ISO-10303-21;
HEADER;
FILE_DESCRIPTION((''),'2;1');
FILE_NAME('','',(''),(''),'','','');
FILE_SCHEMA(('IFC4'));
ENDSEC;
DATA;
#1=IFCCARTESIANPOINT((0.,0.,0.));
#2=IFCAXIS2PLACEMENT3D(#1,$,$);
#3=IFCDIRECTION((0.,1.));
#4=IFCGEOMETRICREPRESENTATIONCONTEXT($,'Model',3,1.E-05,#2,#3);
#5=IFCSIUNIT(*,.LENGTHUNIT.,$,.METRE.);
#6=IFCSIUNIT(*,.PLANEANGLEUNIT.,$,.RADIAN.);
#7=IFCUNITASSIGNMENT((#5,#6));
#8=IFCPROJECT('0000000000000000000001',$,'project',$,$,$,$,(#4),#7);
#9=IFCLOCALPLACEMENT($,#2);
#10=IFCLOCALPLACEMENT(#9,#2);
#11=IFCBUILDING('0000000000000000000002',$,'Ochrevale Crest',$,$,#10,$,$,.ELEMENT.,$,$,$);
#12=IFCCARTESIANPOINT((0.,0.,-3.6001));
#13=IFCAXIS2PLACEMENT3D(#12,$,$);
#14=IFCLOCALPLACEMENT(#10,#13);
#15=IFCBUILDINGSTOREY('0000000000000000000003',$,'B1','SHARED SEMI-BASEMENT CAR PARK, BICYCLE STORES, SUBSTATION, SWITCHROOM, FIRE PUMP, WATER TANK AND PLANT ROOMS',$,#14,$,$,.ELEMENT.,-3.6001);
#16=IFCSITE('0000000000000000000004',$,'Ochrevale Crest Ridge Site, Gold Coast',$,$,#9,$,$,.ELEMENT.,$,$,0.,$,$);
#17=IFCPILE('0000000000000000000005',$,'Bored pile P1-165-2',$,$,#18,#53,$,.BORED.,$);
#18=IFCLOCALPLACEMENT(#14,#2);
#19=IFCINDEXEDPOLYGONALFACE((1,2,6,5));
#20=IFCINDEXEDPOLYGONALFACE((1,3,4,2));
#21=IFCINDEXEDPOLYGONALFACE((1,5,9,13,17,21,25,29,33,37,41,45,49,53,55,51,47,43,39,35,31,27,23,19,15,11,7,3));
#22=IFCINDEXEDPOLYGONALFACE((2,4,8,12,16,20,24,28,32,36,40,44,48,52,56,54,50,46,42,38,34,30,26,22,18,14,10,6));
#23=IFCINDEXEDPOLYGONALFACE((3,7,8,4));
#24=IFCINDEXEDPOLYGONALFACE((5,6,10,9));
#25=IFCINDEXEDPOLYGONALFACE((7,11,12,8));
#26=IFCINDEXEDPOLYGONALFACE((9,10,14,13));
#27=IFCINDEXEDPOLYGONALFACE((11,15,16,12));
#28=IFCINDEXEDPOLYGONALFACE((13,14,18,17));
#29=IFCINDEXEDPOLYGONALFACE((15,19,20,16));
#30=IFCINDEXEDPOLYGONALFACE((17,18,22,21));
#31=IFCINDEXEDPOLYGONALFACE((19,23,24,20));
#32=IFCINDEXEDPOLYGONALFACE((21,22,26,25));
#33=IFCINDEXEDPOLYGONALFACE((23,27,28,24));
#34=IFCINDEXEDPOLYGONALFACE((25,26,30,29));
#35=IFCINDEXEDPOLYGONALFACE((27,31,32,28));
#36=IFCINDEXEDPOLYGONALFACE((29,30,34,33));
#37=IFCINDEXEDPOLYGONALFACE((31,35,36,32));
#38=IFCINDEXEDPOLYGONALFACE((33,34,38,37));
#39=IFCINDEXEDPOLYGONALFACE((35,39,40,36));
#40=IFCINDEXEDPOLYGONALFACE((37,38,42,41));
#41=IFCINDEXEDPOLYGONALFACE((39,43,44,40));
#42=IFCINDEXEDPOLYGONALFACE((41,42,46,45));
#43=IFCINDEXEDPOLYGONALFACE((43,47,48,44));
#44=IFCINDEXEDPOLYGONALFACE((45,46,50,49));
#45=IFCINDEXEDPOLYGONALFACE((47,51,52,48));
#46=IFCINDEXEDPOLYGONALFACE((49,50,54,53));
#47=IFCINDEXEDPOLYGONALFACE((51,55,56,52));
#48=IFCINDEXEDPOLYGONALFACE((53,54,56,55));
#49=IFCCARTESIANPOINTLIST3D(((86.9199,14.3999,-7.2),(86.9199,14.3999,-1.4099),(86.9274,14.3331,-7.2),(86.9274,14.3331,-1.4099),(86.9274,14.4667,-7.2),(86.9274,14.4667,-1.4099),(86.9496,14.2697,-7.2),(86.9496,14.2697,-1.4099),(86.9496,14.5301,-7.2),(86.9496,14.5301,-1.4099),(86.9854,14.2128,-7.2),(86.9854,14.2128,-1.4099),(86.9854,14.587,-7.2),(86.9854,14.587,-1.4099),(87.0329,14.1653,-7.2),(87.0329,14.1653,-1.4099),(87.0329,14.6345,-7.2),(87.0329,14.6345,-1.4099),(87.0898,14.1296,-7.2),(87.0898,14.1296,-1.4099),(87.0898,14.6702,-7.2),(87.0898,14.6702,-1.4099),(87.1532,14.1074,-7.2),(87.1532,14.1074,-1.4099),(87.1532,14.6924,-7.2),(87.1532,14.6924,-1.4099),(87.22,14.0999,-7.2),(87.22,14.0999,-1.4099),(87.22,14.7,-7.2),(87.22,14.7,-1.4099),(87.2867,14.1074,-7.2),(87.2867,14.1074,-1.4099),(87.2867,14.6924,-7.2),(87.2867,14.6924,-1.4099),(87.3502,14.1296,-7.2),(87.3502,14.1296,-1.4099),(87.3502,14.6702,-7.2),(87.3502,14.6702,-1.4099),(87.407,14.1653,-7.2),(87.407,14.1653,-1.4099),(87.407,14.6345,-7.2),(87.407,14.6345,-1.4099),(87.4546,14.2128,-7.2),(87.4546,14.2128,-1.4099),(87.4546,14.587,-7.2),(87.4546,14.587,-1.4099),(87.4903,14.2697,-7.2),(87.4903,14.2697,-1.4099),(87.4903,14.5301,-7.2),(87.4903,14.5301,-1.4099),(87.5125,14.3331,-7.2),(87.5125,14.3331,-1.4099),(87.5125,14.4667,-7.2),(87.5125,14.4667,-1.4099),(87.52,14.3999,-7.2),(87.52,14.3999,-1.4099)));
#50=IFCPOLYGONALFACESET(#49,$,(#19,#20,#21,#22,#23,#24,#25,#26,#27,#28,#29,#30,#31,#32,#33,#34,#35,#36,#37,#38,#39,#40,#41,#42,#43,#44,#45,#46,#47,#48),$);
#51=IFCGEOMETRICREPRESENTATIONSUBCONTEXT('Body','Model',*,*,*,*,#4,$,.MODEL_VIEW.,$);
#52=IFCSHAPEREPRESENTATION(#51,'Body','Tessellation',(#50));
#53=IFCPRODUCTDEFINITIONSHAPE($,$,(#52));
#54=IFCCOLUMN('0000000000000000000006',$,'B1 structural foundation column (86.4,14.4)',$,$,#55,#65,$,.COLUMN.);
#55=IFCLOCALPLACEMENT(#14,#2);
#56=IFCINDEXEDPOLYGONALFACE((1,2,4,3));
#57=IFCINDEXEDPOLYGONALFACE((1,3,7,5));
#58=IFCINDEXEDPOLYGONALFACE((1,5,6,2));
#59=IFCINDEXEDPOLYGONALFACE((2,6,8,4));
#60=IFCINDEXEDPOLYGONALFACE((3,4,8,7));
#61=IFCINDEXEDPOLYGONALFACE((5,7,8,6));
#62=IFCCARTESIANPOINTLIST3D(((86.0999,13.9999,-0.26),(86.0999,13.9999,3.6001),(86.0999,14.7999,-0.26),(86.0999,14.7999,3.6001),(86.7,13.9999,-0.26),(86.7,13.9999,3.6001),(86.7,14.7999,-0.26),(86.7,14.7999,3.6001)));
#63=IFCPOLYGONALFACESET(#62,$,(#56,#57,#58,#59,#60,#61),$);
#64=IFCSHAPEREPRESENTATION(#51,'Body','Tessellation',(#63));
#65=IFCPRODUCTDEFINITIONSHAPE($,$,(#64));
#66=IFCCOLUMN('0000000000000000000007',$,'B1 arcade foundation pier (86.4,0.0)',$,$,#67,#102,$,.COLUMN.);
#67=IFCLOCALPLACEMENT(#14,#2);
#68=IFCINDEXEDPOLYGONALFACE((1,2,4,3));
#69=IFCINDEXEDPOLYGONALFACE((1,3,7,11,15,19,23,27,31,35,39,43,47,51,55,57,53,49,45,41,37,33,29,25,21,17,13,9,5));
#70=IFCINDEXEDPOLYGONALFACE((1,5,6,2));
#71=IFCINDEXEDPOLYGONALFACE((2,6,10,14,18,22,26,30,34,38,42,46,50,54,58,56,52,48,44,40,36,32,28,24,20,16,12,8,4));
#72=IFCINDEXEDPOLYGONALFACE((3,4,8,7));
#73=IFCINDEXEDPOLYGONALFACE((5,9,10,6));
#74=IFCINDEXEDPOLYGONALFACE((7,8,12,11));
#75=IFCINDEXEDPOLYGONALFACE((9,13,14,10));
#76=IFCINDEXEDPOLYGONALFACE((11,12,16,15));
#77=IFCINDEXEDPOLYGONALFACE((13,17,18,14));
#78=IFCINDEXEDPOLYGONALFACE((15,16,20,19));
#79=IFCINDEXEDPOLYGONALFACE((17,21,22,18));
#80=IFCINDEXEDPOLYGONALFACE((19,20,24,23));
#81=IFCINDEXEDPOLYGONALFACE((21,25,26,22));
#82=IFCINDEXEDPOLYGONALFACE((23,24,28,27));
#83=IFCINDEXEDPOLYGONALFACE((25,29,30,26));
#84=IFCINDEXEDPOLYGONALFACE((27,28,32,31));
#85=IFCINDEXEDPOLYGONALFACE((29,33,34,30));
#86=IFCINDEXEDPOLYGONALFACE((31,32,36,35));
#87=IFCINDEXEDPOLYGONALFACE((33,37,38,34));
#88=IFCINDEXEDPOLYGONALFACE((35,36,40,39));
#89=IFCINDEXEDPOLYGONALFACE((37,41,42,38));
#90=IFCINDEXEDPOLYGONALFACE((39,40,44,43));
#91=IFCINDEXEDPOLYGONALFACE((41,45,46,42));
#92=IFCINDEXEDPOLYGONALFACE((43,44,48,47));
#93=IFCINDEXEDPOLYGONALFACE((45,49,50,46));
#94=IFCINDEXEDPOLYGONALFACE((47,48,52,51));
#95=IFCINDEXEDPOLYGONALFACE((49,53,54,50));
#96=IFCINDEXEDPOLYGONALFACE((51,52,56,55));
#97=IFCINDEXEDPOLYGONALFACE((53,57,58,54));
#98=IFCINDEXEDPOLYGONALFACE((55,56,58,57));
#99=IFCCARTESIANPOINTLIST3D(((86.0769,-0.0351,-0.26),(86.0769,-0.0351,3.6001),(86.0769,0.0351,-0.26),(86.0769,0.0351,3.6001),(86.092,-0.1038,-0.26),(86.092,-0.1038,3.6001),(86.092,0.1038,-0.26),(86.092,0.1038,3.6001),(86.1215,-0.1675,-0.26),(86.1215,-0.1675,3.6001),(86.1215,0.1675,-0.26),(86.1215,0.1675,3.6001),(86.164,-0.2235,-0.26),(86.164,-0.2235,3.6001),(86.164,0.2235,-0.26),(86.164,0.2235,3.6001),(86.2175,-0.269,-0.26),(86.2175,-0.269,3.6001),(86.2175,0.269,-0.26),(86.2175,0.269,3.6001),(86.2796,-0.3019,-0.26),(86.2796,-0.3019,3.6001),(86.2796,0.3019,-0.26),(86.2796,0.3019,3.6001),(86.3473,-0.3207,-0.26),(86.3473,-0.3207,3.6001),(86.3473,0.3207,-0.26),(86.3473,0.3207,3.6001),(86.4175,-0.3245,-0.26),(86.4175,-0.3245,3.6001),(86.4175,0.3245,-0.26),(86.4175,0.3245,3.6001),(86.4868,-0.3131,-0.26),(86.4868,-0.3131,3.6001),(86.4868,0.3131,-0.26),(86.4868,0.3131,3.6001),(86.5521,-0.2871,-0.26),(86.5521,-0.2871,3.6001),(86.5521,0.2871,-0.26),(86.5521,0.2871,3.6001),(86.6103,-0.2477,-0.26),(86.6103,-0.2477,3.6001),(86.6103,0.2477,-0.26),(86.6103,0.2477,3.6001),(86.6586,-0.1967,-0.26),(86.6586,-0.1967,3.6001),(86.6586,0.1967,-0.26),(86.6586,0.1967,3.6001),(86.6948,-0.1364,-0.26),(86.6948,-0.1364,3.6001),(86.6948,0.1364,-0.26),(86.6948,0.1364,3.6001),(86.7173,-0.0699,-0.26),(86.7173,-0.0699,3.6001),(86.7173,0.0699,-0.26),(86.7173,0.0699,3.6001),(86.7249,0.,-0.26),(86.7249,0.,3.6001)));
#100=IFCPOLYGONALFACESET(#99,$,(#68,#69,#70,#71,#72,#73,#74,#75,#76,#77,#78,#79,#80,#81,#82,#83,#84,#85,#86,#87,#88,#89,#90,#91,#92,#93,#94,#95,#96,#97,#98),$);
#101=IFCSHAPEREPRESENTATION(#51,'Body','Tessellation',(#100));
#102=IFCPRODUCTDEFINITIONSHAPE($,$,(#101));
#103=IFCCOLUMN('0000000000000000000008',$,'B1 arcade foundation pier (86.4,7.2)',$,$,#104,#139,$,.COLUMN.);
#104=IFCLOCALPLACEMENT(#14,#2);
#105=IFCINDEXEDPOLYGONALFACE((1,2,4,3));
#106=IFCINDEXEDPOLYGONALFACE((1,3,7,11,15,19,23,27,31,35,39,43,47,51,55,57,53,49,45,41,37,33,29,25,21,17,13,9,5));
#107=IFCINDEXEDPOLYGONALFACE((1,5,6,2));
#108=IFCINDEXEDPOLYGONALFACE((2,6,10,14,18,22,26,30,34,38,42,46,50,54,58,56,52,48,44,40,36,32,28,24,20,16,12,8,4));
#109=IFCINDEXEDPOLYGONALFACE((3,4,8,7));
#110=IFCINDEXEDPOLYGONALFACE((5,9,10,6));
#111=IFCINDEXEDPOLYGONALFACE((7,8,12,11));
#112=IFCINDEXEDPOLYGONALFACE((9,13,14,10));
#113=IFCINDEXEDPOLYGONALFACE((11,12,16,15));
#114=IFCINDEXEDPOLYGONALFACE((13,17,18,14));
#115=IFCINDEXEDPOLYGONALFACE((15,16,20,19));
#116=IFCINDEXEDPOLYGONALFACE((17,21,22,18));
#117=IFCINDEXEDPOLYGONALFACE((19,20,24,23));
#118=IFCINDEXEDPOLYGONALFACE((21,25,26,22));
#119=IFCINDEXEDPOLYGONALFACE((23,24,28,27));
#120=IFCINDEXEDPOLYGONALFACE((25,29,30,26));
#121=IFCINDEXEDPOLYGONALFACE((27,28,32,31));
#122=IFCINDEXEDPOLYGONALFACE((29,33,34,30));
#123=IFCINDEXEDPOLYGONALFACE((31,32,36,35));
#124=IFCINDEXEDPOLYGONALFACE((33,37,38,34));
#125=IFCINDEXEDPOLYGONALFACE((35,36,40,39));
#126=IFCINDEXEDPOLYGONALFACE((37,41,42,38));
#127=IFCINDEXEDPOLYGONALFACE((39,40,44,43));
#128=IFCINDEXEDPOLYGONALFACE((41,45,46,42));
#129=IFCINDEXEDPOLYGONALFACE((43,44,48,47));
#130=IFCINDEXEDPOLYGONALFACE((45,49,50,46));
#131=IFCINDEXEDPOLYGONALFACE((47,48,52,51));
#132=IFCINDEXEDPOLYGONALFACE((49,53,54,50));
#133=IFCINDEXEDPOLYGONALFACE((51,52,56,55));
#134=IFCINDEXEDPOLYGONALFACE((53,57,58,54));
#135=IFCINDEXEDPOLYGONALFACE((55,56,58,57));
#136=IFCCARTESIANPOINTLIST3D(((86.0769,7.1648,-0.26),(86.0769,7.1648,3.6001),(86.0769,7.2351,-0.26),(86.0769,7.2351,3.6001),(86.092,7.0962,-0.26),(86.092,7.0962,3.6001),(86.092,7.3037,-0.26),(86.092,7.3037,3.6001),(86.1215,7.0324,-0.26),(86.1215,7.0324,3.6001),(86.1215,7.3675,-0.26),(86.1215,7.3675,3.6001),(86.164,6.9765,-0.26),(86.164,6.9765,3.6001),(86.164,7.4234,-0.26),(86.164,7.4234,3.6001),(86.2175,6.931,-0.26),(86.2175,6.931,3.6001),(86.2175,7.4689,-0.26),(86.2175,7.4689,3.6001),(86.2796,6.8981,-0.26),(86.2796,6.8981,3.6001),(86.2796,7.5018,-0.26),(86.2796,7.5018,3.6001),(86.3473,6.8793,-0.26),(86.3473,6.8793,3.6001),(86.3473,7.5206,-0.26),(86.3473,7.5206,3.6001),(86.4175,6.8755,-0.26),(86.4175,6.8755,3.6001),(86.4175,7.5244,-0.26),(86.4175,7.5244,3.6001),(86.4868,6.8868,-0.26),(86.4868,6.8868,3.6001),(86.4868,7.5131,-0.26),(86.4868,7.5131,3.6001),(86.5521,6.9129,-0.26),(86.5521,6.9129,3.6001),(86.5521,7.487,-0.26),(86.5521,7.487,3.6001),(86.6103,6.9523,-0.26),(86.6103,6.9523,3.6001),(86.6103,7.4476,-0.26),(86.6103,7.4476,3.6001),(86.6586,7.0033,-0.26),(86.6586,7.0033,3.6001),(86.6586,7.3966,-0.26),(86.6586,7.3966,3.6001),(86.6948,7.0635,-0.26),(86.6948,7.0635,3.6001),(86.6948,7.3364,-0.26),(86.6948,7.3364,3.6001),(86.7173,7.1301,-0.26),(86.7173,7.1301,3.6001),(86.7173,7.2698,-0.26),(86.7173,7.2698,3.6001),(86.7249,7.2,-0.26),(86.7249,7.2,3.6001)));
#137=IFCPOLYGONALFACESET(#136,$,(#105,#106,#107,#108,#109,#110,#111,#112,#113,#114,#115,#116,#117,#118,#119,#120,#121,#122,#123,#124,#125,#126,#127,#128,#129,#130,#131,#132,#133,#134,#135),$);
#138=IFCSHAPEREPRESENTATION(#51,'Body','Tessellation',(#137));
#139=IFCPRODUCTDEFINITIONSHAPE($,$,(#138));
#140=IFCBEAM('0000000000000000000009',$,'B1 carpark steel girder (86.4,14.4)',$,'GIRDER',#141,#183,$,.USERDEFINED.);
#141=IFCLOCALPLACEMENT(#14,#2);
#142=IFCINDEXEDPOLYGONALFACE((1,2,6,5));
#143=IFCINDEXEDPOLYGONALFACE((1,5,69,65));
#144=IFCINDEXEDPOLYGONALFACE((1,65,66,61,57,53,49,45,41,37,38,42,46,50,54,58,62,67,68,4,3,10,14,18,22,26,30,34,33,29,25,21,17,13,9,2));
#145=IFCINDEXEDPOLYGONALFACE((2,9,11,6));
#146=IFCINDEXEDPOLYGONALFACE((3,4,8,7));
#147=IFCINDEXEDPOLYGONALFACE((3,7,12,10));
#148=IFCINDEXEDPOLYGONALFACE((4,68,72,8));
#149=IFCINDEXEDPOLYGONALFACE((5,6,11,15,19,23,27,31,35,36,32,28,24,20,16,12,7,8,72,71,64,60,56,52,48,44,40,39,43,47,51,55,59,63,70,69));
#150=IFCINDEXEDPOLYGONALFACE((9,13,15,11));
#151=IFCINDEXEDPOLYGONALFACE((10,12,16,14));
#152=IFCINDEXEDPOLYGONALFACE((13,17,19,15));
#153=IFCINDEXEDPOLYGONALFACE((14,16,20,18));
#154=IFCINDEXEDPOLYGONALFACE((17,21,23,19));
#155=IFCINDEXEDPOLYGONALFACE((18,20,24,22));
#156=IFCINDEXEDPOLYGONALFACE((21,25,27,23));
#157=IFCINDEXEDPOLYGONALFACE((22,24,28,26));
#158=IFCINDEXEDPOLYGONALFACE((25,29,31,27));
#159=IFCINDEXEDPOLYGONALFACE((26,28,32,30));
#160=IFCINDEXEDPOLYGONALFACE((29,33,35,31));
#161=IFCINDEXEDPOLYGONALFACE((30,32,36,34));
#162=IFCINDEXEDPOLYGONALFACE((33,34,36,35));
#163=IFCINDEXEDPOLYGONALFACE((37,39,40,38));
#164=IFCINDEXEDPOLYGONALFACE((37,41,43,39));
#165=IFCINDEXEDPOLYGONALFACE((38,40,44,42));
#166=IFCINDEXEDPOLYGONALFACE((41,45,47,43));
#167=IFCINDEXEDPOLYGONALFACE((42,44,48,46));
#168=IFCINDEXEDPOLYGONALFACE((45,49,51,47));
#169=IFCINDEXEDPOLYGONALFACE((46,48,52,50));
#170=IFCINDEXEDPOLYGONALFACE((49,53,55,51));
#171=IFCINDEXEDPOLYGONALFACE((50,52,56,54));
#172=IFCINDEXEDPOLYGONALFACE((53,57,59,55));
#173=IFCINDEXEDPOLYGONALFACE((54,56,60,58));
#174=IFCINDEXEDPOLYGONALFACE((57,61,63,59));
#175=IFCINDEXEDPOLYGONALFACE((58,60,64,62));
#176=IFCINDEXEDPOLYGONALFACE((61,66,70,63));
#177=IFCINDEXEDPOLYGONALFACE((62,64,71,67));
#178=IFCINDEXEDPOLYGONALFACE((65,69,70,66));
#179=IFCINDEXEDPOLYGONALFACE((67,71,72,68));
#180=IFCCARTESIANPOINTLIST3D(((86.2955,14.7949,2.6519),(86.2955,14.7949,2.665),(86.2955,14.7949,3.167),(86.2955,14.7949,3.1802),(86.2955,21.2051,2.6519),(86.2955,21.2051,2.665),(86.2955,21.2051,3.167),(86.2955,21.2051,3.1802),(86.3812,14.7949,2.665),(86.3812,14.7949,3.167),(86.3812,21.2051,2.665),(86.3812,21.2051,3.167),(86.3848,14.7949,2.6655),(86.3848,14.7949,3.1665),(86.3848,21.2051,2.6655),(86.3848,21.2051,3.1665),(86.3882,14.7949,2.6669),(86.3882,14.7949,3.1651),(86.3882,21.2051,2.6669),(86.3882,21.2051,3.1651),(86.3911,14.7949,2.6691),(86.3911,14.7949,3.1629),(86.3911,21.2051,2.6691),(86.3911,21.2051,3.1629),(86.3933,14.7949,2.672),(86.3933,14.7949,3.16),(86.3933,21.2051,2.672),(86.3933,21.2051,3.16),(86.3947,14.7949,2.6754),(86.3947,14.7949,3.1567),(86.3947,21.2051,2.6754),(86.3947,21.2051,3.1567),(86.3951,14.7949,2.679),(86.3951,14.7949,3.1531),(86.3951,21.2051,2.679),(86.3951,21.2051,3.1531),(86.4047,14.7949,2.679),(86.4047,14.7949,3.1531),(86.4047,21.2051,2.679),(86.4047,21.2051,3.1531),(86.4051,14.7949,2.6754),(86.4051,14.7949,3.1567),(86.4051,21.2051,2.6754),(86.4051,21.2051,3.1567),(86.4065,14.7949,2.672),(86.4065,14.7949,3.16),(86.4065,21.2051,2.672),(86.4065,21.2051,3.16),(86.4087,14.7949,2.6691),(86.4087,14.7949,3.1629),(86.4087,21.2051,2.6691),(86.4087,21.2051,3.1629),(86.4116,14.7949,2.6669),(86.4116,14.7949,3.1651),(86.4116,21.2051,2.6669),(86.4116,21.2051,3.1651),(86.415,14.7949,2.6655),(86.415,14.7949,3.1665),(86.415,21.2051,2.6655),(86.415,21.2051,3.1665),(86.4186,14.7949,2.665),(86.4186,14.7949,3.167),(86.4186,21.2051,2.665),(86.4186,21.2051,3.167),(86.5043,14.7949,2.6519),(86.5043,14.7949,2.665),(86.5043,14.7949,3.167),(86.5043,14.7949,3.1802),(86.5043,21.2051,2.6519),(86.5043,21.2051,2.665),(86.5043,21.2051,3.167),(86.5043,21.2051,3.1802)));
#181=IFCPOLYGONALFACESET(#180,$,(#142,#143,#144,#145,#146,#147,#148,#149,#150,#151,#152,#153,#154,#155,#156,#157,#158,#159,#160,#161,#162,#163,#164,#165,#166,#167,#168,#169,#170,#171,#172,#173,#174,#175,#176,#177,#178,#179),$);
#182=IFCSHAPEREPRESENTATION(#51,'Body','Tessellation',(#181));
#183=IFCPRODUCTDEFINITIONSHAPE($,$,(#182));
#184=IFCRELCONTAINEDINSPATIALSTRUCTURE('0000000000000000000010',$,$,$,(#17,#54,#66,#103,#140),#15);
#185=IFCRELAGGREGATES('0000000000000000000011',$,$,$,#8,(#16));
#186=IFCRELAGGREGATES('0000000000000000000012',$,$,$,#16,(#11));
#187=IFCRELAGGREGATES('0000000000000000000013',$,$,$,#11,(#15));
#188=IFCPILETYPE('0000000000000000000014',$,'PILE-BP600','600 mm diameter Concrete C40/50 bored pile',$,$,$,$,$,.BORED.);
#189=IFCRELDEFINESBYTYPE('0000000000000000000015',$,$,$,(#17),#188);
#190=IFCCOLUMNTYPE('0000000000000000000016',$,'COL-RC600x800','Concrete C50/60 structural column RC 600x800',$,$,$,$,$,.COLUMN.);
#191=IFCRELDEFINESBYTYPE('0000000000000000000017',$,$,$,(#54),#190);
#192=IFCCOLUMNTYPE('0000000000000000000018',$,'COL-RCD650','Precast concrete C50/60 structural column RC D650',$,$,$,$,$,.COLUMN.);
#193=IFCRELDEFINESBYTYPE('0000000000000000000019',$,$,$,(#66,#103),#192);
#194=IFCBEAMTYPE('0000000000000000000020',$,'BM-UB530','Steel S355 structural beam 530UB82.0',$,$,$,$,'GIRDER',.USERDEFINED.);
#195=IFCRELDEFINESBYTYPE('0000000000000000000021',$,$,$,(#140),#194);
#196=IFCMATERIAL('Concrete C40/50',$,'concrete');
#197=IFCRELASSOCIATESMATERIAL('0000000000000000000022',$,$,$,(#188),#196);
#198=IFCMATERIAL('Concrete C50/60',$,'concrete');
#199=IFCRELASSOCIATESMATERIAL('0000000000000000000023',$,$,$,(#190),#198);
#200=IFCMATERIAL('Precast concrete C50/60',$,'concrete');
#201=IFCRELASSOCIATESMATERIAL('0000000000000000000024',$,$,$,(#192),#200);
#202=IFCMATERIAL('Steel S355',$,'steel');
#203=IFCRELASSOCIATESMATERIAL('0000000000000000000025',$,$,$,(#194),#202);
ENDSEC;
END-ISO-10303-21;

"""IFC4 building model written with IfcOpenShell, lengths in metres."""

from ifc_helpers import new_model, si_unit, direction, frame, origin, origin_2d, place, context, subcontext, project, spatial, rectangle, circle, i_section, extrude, material, material_profile, profile_set, type_object, element, save


model = new_model("IFC4")

# Units and contexts
model_context = context("Model", 3, precision=1e-05, world=origin(), true_north=direction((0.0, 1.0)))
body_context = subcontext(model_context, "Body", "Model", "MODEL_VIEW")
ifc_project = project(units=[si_unit("LENGTHUNIT", "METRE"), si_unit("PLANEANGLEUNIT", "RADIAN")], contexts=[model_context])

# Site, building, storey
site_placement = place(None, origin())
site = spatial("IfcSite", under=ifc_project, at=site_placement, Name="Ochrevale Crest Ridge Site, Gold Coast", CompositionType="ELEMENT", RefElevation=0.0)
building_placement = place(site_placement, origin())
building = spatial("IfcBuilding", under=site, at=building_placement, Name="Ochrevale Crest", CompositionType="ELEMENT")
storey_placement = place(building_placement, frame((0.0, 0.0, -3.6001)))
storey = spatial("IfcBuildingStorey", under=building, at=storey_placement, Name="B1", Description="SHARED SEMI-BASEMENT CAR PARK, BICYCLE STORES, SUBSTATION, SWITCHROOM, FIRE PUMP, WATER TANK AND PLANT ROOMS", CompositionType="ELEMENT", Elevation=-3.6001)

# Shared definitions
ifc_material_1 = material(Name="Concrete C40/50", Category="concrete")

# Pile
ifc_material_profile_1 = material_profile(ifc_material_1, circle(Radius=0.3, at=origin_2d()), Name="BORED PILE 600")
ifc_profile_set_1 = profile_set([ifc_material_profile_1], Name="Concrete C40/50")
pile_type = type_object("IfcPileType", Name="PILE-BP600", Description="600 mm diameter Concrete C40/50 bored pile", PredefinedType="BORED", material=ifc_profile_set_1)
for number, where, z_axis, x_axis, name in (
    (1, (87.22, 14.3999, -1.4099), (0.0, 0.0, -1.0), (1.0, 0.0, 0.0), "Bored pile P1-165-2"),
):
    element("IfcPile", number, at=place(storey_placement, frame(where, z_axis=z_axis, x_axis=x_axis)), inside=storey, type_object=pile_type, Name=name, PredefinedType="BORED", context=body_context, shape_type="SweptSolid", body=[
        extrude(circle(Radius=0.3, at=origin_2d()), origin(), (0.0, 0.0, 1.0), 5.79),
    ])

# Columns
ifc_material_2 = material(Name="Concrete C50/60", Category="concrete")
ifc_material_profile_2 = material_profile(ifc_material_2, rectangle(XDim=0.6001, YDim=0.8, at=origin_2d()), Name="RC 600x800")
ifc_profile_set_2 = profile_set([ifc_material_profile_2], Name="Concrete C50/60")
column_type_1 = type_object("IfcColumnType", Name="COL-RC600x800", Description="Concrete C50/60 structural column RC 600x800", PredefinedType="COLUMN", material=ifc_profile_set_2)
column_placement = place(storey_placement, frame((86.3999, 14.3999, -0.26), z_axis=(0.0, 0.0, 1.0), x_axis=(1.0, 0.0, 0.0)))
element("IfcColumn", 2, at=column_placement, inside=storey, type_object=column_type_1, Name="B1 structural foundation column (86.4,14.4)", PredefinedType="COLUMN", context=body_context, shape_type="SweptSolid", body=[
    extrude(rectangle(XDim=0.6001, YDim=0.8, at=origin_2d()), origin(), (0.0, 0.0, 1.0), 3.8601),
])
ifc_material_3 = material(Name="Precast concrete C50/60", Category="concrete")
ifc_material_profile_3 = material_profile(ifc_material_3, circle(Radius=0.325, at=origin_2d()), Name="RC D650")
ifc_profile_set_3 = profile_set([ifc_material_profile_3], Name="Precast concrete C50/60")
column_type_2 = type_object("IfcColumnType", Name="COL-RCD650", Description="Precast concrete C50/60 structural column RC D650", PredefinedType="COLUMN", material=ifc_profile_set_3)
for number, where, z_axis, x_axis, name in (
    (3, (86.3999, 0.0, -0.26), (0.0, 0.0, 1.0), (1.0, 0.0, 0.0), "B1 arcade foundation pier (86.4,0.0)"),
    (4, (86.3999, 7.2, -0.26), (0.0, 0.0, 1.0), (1.0, 0.0, 0.0), "B1 arcade foundation pier (86.4,7.2)"),
):
    element("IfcColumn", number, at=place(storey_placement, frame(where, z_axis=z_axis, x_axis=x_axis)), inside=storey, type_object=column_type_2, Name=name, PredefinedType="COLUMN", context=body_context, shape_type="SweptSolid", body=[
        extrude(circle(Radius=0.325, at=origin_2d()), origin(), (0.0, 0.0, 1.0), 3.8601),
    ])

# Beam
ifc_material_4 = material(Name="Steel S355", Category="steel")
ifc_material_profile_4 = material_profile(ifc_material_4, i_section(OverallWidth=0.2087, OverallDepth=0.5283, WebThickness=0.0095, FlangeThickness=0.0132, FilletRadius=0.0139, at=origin_2d()), Name="530UB82.0")
ifc_profile_set_4 = profile_set([ifc_material_profile_4], Name="Steel S355")
beam_type = type_object("IfcBeamType", Name="BM-UB530", Description="Steel S355 structural beam 530UB82.0", ElementType="GIRDER", PredefinedType="USERDEFINED", material=ifc_profile_set_4)
beam_placement = place(storey_placement, frame((86.3999, 14.7949, 2.916), z_axis=(0.0, 1.0, 0.0), x_axis=(-1.0, 0.0, 0.0)))
element("IfcBeam", 5, at=beam_placement, inside=storey, type_object=beam_type, Name="B1 carpark steel girder (86.4,14.4)", ObjectType="GIRDER", PredefinedType="USERDEFINED", context=body_context, shape_type="SweptSolid", body=[
    extrude(i_section(OverallWidth=0.2087, OverallDepth=0.5283, WebThickness=0.0095, FlangeThickness=0.0132, FilletRadius=0.0139, at=origin_2d()), origin(), (0.0, 0.0, 1.0), 6.4102),
])

save(model, "model.ifc")
